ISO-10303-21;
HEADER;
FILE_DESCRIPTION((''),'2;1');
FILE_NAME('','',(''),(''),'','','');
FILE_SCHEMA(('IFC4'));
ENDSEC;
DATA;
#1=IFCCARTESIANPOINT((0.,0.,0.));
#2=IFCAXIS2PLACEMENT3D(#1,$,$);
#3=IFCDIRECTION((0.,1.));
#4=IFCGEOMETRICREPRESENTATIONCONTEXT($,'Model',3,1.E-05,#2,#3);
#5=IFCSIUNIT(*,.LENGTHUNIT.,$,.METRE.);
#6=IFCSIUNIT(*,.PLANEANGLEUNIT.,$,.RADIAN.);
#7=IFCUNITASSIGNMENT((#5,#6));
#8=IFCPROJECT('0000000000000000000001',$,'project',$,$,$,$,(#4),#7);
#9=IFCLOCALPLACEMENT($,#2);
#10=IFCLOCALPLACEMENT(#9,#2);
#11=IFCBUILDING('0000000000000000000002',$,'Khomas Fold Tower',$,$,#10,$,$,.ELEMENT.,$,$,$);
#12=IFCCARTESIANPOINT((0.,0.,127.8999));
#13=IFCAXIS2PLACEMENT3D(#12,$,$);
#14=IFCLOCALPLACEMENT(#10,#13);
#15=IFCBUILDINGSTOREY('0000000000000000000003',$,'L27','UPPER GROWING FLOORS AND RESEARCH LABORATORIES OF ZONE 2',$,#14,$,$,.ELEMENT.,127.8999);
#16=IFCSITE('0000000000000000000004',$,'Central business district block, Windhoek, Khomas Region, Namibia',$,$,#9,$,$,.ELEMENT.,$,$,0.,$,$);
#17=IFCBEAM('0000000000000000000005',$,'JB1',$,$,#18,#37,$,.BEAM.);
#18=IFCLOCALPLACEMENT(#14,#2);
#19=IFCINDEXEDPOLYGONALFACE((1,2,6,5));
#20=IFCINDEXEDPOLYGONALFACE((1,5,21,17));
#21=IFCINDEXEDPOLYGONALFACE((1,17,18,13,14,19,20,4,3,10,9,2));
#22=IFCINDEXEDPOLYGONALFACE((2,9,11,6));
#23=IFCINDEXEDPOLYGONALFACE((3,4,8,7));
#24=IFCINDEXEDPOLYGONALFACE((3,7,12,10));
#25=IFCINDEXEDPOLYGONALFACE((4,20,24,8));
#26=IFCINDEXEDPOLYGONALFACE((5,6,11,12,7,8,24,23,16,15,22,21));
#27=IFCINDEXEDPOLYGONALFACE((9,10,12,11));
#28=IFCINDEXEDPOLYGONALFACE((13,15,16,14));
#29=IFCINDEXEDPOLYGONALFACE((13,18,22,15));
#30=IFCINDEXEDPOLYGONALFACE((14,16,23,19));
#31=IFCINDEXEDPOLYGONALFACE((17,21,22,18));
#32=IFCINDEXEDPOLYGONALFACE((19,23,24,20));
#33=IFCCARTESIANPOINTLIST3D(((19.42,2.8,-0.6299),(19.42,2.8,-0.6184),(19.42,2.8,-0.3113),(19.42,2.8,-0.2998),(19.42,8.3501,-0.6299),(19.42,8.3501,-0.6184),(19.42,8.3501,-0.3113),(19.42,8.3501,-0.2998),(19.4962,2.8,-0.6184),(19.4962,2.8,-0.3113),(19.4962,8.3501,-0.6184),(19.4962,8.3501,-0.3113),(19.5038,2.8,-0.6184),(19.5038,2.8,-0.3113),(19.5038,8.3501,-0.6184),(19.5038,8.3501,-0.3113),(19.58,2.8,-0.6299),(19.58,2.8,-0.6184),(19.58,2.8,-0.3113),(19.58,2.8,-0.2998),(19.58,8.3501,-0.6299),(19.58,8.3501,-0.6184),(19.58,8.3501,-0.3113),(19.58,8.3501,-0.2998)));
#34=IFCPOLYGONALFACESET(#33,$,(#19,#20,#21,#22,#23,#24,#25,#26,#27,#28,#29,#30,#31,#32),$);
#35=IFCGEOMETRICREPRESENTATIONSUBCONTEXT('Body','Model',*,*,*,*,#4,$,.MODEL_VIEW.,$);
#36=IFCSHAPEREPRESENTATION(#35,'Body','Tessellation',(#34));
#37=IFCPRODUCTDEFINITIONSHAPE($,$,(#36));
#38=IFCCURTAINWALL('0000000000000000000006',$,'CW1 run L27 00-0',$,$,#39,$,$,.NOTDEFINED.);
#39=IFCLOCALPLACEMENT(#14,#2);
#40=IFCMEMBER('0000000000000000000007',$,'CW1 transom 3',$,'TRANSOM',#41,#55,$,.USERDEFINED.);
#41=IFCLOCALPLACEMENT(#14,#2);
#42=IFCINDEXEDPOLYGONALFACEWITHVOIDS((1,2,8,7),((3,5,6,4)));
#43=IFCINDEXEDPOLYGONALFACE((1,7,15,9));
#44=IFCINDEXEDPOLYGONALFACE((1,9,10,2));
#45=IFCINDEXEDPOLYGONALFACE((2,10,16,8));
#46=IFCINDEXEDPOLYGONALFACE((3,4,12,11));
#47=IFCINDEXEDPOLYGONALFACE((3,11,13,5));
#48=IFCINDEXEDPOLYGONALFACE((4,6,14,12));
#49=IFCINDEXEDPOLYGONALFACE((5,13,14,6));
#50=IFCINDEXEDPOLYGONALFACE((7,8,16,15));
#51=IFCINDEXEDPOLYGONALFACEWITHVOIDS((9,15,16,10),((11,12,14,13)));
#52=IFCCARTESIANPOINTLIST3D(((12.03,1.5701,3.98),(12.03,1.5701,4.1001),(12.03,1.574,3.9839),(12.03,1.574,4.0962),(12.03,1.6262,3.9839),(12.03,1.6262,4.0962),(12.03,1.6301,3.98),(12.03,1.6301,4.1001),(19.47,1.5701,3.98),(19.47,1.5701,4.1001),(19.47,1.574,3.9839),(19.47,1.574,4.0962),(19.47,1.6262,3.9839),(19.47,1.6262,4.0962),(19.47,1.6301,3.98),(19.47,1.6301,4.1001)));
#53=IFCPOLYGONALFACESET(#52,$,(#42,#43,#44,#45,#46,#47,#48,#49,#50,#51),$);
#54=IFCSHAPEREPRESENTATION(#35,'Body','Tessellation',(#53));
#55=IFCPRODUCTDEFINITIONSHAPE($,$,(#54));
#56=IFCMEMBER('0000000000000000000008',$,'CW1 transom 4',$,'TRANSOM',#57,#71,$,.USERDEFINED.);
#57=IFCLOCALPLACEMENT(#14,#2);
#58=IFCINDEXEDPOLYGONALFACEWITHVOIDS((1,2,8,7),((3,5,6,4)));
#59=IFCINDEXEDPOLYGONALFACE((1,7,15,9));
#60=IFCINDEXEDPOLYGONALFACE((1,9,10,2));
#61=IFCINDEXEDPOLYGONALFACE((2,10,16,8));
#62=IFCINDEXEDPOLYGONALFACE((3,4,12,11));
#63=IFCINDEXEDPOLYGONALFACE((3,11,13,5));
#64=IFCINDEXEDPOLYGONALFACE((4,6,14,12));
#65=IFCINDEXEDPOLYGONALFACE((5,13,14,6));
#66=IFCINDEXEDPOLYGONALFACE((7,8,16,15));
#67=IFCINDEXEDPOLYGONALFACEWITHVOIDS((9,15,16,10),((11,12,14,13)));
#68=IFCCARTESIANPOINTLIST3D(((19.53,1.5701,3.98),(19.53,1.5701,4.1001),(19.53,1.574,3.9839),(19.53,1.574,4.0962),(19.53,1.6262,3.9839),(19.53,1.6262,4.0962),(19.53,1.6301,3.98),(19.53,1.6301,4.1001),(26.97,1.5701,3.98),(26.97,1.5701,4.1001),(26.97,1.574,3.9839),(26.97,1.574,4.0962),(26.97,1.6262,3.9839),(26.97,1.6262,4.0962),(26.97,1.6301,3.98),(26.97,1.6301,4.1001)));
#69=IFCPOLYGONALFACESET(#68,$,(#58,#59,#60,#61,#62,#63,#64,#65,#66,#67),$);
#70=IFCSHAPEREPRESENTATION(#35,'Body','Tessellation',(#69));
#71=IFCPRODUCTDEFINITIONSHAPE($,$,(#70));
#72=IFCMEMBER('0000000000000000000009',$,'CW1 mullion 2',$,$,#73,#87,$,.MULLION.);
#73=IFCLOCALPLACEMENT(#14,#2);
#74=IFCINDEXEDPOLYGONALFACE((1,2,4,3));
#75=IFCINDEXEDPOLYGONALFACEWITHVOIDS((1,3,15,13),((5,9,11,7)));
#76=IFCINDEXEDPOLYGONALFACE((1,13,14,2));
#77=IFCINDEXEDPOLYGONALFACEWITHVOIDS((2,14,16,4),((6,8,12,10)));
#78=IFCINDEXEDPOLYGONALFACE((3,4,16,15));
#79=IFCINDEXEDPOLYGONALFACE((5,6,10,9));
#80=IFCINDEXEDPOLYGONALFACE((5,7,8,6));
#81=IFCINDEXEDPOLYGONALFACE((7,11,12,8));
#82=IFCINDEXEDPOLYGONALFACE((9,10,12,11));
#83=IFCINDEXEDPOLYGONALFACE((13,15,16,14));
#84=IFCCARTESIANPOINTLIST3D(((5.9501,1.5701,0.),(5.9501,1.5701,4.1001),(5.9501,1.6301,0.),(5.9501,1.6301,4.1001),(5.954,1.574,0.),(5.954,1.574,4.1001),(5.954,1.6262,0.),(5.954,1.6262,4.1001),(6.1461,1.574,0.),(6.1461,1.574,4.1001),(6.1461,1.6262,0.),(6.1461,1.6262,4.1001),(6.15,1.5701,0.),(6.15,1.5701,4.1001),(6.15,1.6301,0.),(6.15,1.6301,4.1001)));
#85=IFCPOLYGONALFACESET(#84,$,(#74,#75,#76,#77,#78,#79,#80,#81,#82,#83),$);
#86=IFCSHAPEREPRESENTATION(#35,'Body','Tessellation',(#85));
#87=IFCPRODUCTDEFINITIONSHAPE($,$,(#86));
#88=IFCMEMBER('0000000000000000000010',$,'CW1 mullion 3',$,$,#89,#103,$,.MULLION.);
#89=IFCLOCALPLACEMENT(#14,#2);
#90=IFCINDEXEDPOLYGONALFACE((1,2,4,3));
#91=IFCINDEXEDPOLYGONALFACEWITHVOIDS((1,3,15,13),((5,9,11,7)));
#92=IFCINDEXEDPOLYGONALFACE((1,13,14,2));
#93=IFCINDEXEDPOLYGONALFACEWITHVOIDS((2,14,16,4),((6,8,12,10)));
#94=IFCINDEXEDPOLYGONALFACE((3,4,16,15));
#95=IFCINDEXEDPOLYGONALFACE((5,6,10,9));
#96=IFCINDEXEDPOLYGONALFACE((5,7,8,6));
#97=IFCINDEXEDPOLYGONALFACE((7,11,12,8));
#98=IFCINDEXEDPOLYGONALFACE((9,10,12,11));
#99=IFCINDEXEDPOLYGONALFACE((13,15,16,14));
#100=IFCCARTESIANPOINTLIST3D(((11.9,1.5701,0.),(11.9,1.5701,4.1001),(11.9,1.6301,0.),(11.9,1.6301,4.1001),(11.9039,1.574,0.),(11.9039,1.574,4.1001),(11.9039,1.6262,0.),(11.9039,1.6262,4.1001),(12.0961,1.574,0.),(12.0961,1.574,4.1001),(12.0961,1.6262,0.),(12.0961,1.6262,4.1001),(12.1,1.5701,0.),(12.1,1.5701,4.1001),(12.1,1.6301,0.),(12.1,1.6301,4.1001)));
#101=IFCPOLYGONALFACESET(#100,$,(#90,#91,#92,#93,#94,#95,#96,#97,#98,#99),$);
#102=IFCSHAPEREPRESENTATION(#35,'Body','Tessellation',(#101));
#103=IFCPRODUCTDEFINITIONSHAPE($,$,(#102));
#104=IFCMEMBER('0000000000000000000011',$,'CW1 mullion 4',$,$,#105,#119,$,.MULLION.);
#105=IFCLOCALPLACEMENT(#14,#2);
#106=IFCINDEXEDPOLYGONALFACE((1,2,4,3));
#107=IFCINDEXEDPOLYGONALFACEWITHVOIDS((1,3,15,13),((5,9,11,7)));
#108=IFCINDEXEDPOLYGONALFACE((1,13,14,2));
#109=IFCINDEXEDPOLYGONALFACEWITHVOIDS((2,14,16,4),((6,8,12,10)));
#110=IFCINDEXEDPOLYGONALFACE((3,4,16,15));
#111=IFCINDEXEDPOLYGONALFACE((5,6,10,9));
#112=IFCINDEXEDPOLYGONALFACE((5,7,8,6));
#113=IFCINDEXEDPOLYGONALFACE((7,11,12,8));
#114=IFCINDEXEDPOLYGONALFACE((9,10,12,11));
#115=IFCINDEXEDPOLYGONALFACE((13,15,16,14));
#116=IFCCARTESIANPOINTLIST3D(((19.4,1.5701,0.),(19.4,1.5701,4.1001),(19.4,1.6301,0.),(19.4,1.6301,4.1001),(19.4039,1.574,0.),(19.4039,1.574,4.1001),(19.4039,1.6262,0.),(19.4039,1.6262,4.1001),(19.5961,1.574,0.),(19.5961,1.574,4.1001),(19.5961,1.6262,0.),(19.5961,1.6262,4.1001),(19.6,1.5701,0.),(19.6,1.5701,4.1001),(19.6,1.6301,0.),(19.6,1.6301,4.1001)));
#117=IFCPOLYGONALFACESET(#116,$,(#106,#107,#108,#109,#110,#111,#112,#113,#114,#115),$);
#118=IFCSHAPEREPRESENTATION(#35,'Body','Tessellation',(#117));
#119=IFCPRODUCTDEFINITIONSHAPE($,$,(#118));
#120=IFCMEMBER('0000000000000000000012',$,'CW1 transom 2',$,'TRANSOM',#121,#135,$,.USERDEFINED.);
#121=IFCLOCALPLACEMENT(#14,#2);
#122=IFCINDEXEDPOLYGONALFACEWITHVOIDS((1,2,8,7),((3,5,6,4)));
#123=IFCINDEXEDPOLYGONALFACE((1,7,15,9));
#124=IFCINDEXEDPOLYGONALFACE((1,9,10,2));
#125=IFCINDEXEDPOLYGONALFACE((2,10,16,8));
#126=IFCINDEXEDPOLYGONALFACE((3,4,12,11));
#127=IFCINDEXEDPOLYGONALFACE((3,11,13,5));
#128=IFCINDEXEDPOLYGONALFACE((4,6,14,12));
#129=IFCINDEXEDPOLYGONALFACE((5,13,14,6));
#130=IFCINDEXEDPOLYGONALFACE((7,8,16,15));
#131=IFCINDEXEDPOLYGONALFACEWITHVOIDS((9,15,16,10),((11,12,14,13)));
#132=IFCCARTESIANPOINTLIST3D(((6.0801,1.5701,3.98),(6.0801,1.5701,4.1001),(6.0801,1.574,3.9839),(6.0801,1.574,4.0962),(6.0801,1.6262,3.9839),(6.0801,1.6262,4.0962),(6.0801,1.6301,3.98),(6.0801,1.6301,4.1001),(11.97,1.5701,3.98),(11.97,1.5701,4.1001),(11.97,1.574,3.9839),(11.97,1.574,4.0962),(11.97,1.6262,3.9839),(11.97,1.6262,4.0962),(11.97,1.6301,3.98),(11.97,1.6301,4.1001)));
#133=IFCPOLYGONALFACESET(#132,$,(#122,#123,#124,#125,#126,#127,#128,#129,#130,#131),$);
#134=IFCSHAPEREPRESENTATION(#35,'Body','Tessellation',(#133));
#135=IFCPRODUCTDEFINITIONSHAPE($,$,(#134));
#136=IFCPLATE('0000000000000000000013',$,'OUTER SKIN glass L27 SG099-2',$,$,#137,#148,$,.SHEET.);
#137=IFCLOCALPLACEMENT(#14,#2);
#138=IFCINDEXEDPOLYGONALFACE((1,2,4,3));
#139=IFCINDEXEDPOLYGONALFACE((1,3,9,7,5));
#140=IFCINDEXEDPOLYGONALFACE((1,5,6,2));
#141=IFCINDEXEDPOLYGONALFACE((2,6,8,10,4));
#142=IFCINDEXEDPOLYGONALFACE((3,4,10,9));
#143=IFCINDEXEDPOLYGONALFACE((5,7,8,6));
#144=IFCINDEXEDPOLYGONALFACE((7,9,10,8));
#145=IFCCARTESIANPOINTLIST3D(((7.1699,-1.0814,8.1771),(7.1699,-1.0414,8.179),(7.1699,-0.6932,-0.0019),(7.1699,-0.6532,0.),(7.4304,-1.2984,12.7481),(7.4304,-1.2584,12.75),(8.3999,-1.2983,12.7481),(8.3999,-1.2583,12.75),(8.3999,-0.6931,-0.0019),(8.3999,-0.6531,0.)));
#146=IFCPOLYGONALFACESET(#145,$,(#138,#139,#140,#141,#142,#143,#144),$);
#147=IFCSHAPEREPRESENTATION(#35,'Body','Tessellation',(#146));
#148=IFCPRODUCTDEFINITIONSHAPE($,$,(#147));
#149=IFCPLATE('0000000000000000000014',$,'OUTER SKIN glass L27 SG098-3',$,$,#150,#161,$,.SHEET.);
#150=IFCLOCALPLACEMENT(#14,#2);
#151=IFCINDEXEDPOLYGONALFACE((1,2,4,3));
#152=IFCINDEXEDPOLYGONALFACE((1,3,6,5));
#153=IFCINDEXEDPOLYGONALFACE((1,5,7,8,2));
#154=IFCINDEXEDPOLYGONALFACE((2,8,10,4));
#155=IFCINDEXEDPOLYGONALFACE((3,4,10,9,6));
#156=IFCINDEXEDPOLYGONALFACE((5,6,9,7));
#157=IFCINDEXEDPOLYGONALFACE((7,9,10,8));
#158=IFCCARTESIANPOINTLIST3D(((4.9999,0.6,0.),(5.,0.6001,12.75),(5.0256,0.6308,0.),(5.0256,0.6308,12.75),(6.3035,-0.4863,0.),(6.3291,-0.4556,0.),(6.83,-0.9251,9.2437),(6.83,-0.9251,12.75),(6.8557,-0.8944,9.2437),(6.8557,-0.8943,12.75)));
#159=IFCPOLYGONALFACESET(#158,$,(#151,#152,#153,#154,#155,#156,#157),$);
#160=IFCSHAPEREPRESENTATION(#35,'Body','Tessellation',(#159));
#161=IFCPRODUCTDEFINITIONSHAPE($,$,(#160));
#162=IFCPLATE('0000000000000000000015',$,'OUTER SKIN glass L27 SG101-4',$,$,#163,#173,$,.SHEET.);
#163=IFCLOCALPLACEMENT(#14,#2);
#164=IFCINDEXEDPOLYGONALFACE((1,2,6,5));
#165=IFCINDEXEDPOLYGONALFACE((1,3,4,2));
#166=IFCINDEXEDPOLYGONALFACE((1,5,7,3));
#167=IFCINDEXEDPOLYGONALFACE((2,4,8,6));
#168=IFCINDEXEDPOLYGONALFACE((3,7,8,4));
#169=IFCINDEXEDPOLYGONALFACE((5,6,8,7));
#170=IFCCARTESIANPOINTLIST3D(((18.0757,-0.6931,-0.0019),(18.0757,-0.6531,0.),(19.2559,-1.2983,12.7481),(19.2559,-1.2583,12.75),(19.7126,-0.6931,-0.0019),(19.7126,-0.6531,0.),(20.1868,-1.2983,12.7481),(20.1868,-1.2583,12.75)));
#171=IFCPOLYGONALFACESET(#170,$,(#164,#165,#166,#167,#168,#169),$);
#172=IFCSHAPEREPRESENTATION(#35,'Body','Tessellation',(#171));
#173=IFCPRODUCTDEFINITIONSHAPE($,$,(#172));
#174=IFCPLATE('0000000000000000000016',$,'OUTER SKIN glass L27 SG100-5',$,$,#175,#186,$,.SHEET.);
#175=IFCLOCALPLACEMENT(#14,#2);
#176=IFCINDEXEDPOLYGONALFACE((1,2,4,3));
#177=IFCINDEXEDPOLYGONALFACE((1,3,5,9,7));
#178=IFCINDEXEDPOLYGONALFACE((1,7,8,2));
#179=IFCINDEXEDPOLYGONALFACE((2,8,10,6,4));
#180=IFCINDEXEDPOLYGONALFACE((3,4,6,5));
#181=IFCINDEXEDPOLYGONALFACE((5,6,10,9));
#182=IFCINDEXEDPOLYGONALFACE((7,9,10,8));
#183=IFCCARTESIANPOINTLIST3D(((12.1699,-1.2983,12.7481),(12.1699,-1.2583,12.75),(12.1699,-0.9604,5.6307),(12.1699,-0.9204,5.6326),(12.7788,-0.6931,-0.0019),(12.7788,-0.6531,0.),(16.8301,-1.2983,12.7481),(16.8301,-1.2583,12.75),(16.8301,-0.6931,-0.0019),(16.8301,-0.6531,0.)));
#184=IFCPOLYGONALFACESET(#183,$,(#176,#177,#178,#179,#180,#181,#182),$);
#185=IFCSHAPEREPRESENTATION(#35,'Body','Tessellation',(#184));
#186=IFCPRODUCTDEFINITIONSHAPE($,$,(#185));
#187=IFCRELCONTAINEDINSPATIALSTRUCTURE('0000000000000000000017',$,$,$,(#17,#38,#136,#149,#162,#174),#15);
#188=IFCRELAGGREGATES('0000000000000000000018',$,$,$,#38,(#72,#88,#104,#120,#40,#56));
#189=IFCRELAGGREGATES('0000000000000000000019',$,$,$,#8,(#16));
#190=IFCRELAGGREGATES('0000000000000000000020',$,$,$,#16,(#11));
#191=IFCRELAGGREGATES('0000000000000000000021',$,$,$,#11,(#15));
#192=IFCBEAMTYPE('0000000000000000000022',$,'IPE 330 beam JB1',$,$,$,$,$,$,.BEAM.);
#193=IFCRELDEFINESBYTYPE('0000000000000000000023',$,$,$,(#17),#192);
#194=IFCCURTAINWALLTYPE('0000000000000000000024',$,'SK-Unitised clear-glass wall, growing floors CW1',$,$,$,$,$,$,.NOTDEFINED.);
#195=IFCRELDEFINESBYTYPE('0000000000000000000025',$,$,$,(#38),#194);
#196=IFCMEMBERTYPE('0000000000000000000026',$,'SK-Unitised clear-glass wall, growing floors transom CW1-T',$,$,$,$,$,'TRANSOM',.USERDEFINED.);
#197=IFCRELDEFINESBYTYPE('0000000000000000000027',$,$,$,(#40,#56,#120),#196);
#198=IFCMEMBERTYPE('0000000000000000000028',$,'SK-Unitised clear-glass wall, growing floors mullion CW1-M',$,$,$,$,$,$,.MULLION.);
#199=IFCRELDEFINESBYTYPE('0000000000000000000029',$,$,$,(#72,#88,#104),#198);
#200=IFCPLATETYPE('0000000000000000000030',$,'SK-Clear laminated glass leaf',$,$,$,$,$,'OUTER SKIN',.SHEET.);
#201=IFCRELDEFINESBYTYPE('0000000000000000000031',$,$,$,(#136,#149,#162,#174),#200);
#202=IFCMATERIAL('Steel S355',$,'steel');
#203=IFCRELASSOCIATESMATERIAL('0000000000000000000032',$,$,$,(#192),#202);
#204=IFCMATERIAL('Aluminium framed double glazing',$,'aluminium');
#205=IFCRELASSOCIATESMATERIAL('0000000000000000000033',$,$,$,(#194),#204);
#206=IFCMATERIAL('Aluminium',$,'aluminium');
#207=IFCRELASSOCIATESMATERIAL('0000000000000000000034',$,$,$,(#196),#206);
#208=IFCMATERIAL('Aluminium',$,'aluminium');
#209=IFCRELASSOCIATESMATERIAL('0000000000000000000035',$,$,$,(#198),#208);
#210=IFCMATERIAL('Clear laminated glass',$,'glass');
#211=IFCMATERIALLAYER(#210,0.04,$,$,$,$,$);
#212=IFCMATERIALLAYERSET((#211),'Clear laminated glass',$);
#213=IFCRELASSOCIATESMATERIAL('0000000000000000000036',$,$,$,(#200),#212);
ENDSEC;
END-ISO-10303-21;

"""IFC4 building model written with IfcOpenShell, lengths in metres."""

from ifc_helpers import new_model, si_unit, direction, frame, origin, origin_2d, place, context, subcontext, project, spatial, polyline, hollow_rectangle, i_section, outline, extrude, source, transform, mapped, material, layer, layer_set, material_profile, profile_set, type_object, element, aggregate, save


model = new_model("IFC4")

# Units and contexts
model_context = context("Model", 3, precision=1e-05, world=origin(), true_north=direction((0.0, 1.0)))
body_context = subcontext(model_context, "Body", "Model", "MODEL_VIEW")
ifc_project = project(units=[si_unit("LENGTHUNIT", "METRE"), si_unit("PLANEANGLEUNIT", "RADIAN")], contexts=[model_context])

# Site, building, storey
site_placement = place(None, origin())
site = spatial("IfcSite", under=ifc_project, at=site_placement, Name="Central business district block, Windhoek, Khomas Region, Namibia", CompositionType="ELEMENT", RefElevation=0.0)
building_placement = place(site_placement, origin())
building = spatial("IfcBuilding", under=site, at=building_placement, Name="Khomas Fold Tower", CompositionType="ELEMENT")
storey_placement = place(building_placement, frame((0.0, 0.0, 127.8999)))
storey = spatial("IfcBuildingStorey", under=building, at=storey_placement, Name="L27", Description="UPPER GROWING FLOORS AND RESEARCH LABORATORIES OF ZONE 2", CompositionType="ELEMENT", Elevation=127.8999)

# Beam
ifc_material_1 = material(Name="Steel S355", Category="steel")
ifc_material_profile_1 = material_profile(ifc_material_1, i_section(OverallWidth=0.1599, OverallDepth=0.3301, WebThickness=0.0076, FlangeThickness=0.0115, at=origin_2d()), Name="IPE 330")
ifc_profile_set_1 = profile_set([ifc_material_profile_1], Name="Steel S355")
beam_type_1 = type_object("IfcBeamType", Name="IPE 330 beam JB1", PredefinedType="BEAM", material=ifc_profile_set_1)
shared_shape_1 = source(origin(), body_context, "Body", "SweptSolid", [
    extrude(i_section(OverallWidth=0.1599, OverallDepth=0.3301, WebThickness=0.0076, FlangeThickness=0.0115, at=origin_2d()), origin(), (0.0, 0.0, 1.0), 5.55),
])
beam_1_placement = place(storey_placement, frame((19.5, 2.8, -0.4648), z_axis=(0.0, 1.0, 0.0), x_axis=(-1.0, 0.0, 0.0)))
element("IfcBeam", 1, at=beam_1_placement, inside=storey, type_object=beam_type_1, Name="JB1", PredefinedType="BEAM", context=body_context, shape_type="MappedRepresentation", body=[
    mapped(shared_shape_1, transform((0.0, 0.0, 0.0))),
])

# Curtain wall, members
ifc_material_2 = material(Name="Aluminium framed double glazing", Category="aluminium")
curtain_wall_type = type_object("IfcCurtainWallType", Name="SK-Unitised clear-glass wall, growing floors CW1", PredefinedType="NOTDEFINED", material=ifc_material_2)
curtain_wall_placement = place(storey_placement, origin())
curtain_wall = element("IfcCurtainWall", 2, at=curtain_wall_placement, inside=storey, type_object=curtain_wall_type, Name="CW1 run L27 00-0", PredefinedType="NOTDEFINED")
ifc_material_3 = material(Name="Aluminium", Category="aluminium")
ifc_material_profile_2 = material_profile(ifc_material_3, hollow_rectangle(XDim=0.0601, YDim=0.1201, WallThickness=0.0039, at=origin_2d()), Name="SK-Unitised clear-glass wall, growing floors transom CW1-T")
ifc_profile_set_2 = profile_set([ifc_material_profile_2], Name="Aluminium")
member_type_1 = type_object("IfcMemberType", Name="SK-Unitised clear-glass wall, growing floors transom CW1-T", ElementType="TRANSOM", PredefinedType="USERDEFINED", material=ifc_profile_set_2)
shared_shape_2 = source(origin(), body_context, "Body", "SweptSolid", [
    extrude(hollow_rectangle(XDim=0.0601, YDim=0.1201, WallThickness=0.0039, at=origin_2d()), origin(), (0.0, 0.0, 1.0), 7.4399),
])
member_1_placement = place(storey_placement, frame((12.03, 1.6001, 4.04), z_axis=(1.0, 0.0, 0.0), x_axis=(0.0, 1.0, 0.0)))
member_1 = element("IfcMember", 3, at=member_1_placement, type_object=member_type_1, Name="CW1 transom 3", ObjectType="TRANSOM", PredefinedType="USERDEFINED", context=body_context, shape_type="MappedRepresentation", body=[
    mapped(shared_shape_2, transform((0.0, 0.0, 0.0))),
])
member_2_placement = place(storey_placement, frame((19.53, 1.6001, 4.04), z_axis=(1.0, 0.0, 0.0), x_axis=(0.0, 1.0, 0.0)))
member_2 = element("IfcMember", 4, at=member_2_placement, type_object=member_type_1, Name="CW1 transom 4", ObjectType="TRANSOM", PredefinedType="USERDEFINED", context=body_context, shape_type="MappedRepresentation", body=[
    mapped(shared_shape_2, transform((0.0, 0.0, 0.0))),
])
ifc_material_4 = material(Name="Aluminium", Category="aluminium")
ifc_material_profile_3 = material_profile(ifc_material_4, hollow_rectangle(XDim=0.0601, YDim=0.2, WallThickness=0.0039, at=origin_2d()), Name="SK-Unitised clear-glass wall, growing floors mullion CW1-M")
ifc_profile_set_3 = profile_set([ifc_material_profile_3], Name="Aluminium")
member_type_2 = type_object("IfcMemberType", Name="SK-Unitised clear-glass wall, growing floors mullion CW1-M", PredefinedType="MULLION", material=ifc_profile_set_3)
shared_shape_3 = source(origin(), body_context, "Body", "SweptSolid", [
    extrude(hollow_rectangle(XDim=0.0601, YDim=0.2, WallThickness=0.0039, at=origin_2d()), origin(), (0.0, 0.0, 1.0), 4.1001),
])
member_3_placement = place(storey_placement, frame((6.05, 1.6001, 0.0), z_axis=(0.0, 0.0, 1.0), x_axis=(0.0, 1.0, 0.0)))
member_3 = element("IfcMember", 5, at=member_3_placement, type_object=member_type_2, Name="CW1 mullion 2", PredefinedType="MULLION", context=body_context, shape_type="MappedRepresentation", body=[
    mapped(shared_shape_3, transform((0.0, 0.0, 0.0))),
])
member_4_placement = place(storey_placement, frame((12.0, 1.6001, 0.0), z_axis=(0.0, 0.0, 1.0), x_axis=(0.0, 1.0, 0.0)))
member_4 = element("IfcMember", 6, at=member_4_placement, type_object=member_type_2, Name="CW1 mullion 3", PredefinedType="MULLION", context=body_context, shape_type="MappedRepresentation", body=[
    mapped(shared_shape_3, transform((0.0, 0.0, 0.0))),
])
member_5_placement = place(storey_placement, frame((19.5, 1.6001, 0.0), z_axis=(0.0, 0.0, 1.0), x_axis=(0.0, 1.0, 0.0)))
member_5 = element("IfcMember", 7, at=member_5_placement, type_object=member_type_2, Name="CW1 mullion 4", PredefinedType="MULLION", context=body_context, shape_type="MappedRepresentation", body=[
    mapped(shared_shape_3, transform((0.0, 0.0, 0.0))),
])
shared_shape_4 = source(origin(), body_context, "Body", "SweptSolid", [
    extrude(hollow_rectangle(XDim=0.0601, YDim=0.1201, WallThickness=0.0039, at=origin_2d()), origin(), (0.0, 0.0, 1.0), 5.8899),
])
member_6_placement = place(storey_placement, frame((6.0801, 1.6001, 4.04), z_axis=(1.0, 0.0, 0.0), x_axis=(0.0, 1.0, 0.0)))
member_6 = element("IfcMember", 8, at=member_6_placement, type_object=member_type_1, Name="CW1 transom 2", ObjectType="TRANSOM", PredefinedType="USERDEFINED", context=body_context, shape_type="MappedRepresentation", body=[
    mapped(shared_shape_4, transform((0.0, 0.0, 0.0))),
])

# Plates
ifc_material_5 = material(Name="Clear laminated glass", Category="glass")
ifc_layer_1 = layer(ifc_material_5, 0.04)
ifc_layer_set_1 = layer_set([ifc_layer_1], Name="Clear laminated glass")
plate_type_1 = type_object("IfcPlateType", Name="SK-Clear laminated glass leaf", ElementType="OUTER SKIN", PredefinedType="SHEET", material=ifc_layer_set_1)
plate_1_placement = place(storey_placement, frame((8.3999, -0.6531, 0.0), z_axis=(-0.000078, 0.998875, 0.047417), x_axis=(-1.0, -0.000078, -0.000004)))
element("IfcPlate", 9, at=plate_1_placement, inside=storey, type_object=plate_type_1, Name="OUTER SKIN glass L27 SG099-2", PredefinedType="SHEET", context=body_context, shape_type="SweptSolid", body=[
    extrude(outline(polyline([(0.0, 0.0), (1.23, 0.0), (1.23, 8.1882), (0.9695, 12.7644), (0.0, 12.7644), (0.0, 0.0)])), origin(), (0.0, 0.0, -1.0), 0.04),
])
plate_2_placement = place(storey_placement, frame((6.3035, -0.4863, 0.0), z_axis=(-0.640219, -0.768192, 0.000005), x_axis=(-0.768192, 0.640219, 0.0)))
element("IfcPlate", 10, at=plate_2_placement, inside=storey, type_object=plate_type_1, Name="OUTER SKIN glass L27 SG098-3", PredefinedType="SHEET", context=body_context, shape_type="SweptSolid", body=[
    extrude(outline(polyline([(0.0, 0.0), (1.6969, 0.0), (1.6969, -12.75), (-0.6854, -12.75), (-0.6854, -9.2437), (0.0, 0.0)])), origin(), (0.0, 0.0, -1.0), 0.04),
])
plate_3_placement = place(storey_placement, frame((19.7126, -0.6531, 0.0), z_axis=(0.0, 0.998875, 0.047415), x_axis=(-1.0, 0.0, 0.0)))
element("IfcPlate", 11, at=plate_3_placement, inside=storey, type_object=plate_type_1, Name="OUTER SKIN glass L27 SG101-4", PredefinedType="SHEET", context=body_context, shape_type="SweptSolid", body=[
    extrude(outline(polyline([(0.0, 0.0), (1.637, 0.0), (0.4568, 12.7644), (-0.4741, 12.7644), (0.0, 0.0)])), origin(), (0.0, 0.0, -1.0), 0.04),
])
plate_4_placement = place(storey_placement, frame((12.7788, -0.6531, 0.0), z_axis=(0.000004, 0.998875, 0.047415), x_axis=(-0.107355, -0.047141, 0.993102)))
element("IfcPlate", 12, at=plate_4_placement, inside=storey, type_object=plate_type_1, Name="OUTER SKIN glass L27 SG100-5", PredefinedType="SHEET", context=body_context, shape_type="SweptSolid", body=[
    extrude(outline(polyline([(0.0, 0.0), (5.6717, 0.0), (12.756, 0.765), (12.2557, 5.3982), (-0.4349, 4.0279), (0.0, 0.0)])), origin(), (0.0, 0.0, -1.0), 0.04),
])

aggregate(curtain_wall, [member_3, member_4, member_5, member_6, member_1, member_2])

save(model, "model.ifc")
